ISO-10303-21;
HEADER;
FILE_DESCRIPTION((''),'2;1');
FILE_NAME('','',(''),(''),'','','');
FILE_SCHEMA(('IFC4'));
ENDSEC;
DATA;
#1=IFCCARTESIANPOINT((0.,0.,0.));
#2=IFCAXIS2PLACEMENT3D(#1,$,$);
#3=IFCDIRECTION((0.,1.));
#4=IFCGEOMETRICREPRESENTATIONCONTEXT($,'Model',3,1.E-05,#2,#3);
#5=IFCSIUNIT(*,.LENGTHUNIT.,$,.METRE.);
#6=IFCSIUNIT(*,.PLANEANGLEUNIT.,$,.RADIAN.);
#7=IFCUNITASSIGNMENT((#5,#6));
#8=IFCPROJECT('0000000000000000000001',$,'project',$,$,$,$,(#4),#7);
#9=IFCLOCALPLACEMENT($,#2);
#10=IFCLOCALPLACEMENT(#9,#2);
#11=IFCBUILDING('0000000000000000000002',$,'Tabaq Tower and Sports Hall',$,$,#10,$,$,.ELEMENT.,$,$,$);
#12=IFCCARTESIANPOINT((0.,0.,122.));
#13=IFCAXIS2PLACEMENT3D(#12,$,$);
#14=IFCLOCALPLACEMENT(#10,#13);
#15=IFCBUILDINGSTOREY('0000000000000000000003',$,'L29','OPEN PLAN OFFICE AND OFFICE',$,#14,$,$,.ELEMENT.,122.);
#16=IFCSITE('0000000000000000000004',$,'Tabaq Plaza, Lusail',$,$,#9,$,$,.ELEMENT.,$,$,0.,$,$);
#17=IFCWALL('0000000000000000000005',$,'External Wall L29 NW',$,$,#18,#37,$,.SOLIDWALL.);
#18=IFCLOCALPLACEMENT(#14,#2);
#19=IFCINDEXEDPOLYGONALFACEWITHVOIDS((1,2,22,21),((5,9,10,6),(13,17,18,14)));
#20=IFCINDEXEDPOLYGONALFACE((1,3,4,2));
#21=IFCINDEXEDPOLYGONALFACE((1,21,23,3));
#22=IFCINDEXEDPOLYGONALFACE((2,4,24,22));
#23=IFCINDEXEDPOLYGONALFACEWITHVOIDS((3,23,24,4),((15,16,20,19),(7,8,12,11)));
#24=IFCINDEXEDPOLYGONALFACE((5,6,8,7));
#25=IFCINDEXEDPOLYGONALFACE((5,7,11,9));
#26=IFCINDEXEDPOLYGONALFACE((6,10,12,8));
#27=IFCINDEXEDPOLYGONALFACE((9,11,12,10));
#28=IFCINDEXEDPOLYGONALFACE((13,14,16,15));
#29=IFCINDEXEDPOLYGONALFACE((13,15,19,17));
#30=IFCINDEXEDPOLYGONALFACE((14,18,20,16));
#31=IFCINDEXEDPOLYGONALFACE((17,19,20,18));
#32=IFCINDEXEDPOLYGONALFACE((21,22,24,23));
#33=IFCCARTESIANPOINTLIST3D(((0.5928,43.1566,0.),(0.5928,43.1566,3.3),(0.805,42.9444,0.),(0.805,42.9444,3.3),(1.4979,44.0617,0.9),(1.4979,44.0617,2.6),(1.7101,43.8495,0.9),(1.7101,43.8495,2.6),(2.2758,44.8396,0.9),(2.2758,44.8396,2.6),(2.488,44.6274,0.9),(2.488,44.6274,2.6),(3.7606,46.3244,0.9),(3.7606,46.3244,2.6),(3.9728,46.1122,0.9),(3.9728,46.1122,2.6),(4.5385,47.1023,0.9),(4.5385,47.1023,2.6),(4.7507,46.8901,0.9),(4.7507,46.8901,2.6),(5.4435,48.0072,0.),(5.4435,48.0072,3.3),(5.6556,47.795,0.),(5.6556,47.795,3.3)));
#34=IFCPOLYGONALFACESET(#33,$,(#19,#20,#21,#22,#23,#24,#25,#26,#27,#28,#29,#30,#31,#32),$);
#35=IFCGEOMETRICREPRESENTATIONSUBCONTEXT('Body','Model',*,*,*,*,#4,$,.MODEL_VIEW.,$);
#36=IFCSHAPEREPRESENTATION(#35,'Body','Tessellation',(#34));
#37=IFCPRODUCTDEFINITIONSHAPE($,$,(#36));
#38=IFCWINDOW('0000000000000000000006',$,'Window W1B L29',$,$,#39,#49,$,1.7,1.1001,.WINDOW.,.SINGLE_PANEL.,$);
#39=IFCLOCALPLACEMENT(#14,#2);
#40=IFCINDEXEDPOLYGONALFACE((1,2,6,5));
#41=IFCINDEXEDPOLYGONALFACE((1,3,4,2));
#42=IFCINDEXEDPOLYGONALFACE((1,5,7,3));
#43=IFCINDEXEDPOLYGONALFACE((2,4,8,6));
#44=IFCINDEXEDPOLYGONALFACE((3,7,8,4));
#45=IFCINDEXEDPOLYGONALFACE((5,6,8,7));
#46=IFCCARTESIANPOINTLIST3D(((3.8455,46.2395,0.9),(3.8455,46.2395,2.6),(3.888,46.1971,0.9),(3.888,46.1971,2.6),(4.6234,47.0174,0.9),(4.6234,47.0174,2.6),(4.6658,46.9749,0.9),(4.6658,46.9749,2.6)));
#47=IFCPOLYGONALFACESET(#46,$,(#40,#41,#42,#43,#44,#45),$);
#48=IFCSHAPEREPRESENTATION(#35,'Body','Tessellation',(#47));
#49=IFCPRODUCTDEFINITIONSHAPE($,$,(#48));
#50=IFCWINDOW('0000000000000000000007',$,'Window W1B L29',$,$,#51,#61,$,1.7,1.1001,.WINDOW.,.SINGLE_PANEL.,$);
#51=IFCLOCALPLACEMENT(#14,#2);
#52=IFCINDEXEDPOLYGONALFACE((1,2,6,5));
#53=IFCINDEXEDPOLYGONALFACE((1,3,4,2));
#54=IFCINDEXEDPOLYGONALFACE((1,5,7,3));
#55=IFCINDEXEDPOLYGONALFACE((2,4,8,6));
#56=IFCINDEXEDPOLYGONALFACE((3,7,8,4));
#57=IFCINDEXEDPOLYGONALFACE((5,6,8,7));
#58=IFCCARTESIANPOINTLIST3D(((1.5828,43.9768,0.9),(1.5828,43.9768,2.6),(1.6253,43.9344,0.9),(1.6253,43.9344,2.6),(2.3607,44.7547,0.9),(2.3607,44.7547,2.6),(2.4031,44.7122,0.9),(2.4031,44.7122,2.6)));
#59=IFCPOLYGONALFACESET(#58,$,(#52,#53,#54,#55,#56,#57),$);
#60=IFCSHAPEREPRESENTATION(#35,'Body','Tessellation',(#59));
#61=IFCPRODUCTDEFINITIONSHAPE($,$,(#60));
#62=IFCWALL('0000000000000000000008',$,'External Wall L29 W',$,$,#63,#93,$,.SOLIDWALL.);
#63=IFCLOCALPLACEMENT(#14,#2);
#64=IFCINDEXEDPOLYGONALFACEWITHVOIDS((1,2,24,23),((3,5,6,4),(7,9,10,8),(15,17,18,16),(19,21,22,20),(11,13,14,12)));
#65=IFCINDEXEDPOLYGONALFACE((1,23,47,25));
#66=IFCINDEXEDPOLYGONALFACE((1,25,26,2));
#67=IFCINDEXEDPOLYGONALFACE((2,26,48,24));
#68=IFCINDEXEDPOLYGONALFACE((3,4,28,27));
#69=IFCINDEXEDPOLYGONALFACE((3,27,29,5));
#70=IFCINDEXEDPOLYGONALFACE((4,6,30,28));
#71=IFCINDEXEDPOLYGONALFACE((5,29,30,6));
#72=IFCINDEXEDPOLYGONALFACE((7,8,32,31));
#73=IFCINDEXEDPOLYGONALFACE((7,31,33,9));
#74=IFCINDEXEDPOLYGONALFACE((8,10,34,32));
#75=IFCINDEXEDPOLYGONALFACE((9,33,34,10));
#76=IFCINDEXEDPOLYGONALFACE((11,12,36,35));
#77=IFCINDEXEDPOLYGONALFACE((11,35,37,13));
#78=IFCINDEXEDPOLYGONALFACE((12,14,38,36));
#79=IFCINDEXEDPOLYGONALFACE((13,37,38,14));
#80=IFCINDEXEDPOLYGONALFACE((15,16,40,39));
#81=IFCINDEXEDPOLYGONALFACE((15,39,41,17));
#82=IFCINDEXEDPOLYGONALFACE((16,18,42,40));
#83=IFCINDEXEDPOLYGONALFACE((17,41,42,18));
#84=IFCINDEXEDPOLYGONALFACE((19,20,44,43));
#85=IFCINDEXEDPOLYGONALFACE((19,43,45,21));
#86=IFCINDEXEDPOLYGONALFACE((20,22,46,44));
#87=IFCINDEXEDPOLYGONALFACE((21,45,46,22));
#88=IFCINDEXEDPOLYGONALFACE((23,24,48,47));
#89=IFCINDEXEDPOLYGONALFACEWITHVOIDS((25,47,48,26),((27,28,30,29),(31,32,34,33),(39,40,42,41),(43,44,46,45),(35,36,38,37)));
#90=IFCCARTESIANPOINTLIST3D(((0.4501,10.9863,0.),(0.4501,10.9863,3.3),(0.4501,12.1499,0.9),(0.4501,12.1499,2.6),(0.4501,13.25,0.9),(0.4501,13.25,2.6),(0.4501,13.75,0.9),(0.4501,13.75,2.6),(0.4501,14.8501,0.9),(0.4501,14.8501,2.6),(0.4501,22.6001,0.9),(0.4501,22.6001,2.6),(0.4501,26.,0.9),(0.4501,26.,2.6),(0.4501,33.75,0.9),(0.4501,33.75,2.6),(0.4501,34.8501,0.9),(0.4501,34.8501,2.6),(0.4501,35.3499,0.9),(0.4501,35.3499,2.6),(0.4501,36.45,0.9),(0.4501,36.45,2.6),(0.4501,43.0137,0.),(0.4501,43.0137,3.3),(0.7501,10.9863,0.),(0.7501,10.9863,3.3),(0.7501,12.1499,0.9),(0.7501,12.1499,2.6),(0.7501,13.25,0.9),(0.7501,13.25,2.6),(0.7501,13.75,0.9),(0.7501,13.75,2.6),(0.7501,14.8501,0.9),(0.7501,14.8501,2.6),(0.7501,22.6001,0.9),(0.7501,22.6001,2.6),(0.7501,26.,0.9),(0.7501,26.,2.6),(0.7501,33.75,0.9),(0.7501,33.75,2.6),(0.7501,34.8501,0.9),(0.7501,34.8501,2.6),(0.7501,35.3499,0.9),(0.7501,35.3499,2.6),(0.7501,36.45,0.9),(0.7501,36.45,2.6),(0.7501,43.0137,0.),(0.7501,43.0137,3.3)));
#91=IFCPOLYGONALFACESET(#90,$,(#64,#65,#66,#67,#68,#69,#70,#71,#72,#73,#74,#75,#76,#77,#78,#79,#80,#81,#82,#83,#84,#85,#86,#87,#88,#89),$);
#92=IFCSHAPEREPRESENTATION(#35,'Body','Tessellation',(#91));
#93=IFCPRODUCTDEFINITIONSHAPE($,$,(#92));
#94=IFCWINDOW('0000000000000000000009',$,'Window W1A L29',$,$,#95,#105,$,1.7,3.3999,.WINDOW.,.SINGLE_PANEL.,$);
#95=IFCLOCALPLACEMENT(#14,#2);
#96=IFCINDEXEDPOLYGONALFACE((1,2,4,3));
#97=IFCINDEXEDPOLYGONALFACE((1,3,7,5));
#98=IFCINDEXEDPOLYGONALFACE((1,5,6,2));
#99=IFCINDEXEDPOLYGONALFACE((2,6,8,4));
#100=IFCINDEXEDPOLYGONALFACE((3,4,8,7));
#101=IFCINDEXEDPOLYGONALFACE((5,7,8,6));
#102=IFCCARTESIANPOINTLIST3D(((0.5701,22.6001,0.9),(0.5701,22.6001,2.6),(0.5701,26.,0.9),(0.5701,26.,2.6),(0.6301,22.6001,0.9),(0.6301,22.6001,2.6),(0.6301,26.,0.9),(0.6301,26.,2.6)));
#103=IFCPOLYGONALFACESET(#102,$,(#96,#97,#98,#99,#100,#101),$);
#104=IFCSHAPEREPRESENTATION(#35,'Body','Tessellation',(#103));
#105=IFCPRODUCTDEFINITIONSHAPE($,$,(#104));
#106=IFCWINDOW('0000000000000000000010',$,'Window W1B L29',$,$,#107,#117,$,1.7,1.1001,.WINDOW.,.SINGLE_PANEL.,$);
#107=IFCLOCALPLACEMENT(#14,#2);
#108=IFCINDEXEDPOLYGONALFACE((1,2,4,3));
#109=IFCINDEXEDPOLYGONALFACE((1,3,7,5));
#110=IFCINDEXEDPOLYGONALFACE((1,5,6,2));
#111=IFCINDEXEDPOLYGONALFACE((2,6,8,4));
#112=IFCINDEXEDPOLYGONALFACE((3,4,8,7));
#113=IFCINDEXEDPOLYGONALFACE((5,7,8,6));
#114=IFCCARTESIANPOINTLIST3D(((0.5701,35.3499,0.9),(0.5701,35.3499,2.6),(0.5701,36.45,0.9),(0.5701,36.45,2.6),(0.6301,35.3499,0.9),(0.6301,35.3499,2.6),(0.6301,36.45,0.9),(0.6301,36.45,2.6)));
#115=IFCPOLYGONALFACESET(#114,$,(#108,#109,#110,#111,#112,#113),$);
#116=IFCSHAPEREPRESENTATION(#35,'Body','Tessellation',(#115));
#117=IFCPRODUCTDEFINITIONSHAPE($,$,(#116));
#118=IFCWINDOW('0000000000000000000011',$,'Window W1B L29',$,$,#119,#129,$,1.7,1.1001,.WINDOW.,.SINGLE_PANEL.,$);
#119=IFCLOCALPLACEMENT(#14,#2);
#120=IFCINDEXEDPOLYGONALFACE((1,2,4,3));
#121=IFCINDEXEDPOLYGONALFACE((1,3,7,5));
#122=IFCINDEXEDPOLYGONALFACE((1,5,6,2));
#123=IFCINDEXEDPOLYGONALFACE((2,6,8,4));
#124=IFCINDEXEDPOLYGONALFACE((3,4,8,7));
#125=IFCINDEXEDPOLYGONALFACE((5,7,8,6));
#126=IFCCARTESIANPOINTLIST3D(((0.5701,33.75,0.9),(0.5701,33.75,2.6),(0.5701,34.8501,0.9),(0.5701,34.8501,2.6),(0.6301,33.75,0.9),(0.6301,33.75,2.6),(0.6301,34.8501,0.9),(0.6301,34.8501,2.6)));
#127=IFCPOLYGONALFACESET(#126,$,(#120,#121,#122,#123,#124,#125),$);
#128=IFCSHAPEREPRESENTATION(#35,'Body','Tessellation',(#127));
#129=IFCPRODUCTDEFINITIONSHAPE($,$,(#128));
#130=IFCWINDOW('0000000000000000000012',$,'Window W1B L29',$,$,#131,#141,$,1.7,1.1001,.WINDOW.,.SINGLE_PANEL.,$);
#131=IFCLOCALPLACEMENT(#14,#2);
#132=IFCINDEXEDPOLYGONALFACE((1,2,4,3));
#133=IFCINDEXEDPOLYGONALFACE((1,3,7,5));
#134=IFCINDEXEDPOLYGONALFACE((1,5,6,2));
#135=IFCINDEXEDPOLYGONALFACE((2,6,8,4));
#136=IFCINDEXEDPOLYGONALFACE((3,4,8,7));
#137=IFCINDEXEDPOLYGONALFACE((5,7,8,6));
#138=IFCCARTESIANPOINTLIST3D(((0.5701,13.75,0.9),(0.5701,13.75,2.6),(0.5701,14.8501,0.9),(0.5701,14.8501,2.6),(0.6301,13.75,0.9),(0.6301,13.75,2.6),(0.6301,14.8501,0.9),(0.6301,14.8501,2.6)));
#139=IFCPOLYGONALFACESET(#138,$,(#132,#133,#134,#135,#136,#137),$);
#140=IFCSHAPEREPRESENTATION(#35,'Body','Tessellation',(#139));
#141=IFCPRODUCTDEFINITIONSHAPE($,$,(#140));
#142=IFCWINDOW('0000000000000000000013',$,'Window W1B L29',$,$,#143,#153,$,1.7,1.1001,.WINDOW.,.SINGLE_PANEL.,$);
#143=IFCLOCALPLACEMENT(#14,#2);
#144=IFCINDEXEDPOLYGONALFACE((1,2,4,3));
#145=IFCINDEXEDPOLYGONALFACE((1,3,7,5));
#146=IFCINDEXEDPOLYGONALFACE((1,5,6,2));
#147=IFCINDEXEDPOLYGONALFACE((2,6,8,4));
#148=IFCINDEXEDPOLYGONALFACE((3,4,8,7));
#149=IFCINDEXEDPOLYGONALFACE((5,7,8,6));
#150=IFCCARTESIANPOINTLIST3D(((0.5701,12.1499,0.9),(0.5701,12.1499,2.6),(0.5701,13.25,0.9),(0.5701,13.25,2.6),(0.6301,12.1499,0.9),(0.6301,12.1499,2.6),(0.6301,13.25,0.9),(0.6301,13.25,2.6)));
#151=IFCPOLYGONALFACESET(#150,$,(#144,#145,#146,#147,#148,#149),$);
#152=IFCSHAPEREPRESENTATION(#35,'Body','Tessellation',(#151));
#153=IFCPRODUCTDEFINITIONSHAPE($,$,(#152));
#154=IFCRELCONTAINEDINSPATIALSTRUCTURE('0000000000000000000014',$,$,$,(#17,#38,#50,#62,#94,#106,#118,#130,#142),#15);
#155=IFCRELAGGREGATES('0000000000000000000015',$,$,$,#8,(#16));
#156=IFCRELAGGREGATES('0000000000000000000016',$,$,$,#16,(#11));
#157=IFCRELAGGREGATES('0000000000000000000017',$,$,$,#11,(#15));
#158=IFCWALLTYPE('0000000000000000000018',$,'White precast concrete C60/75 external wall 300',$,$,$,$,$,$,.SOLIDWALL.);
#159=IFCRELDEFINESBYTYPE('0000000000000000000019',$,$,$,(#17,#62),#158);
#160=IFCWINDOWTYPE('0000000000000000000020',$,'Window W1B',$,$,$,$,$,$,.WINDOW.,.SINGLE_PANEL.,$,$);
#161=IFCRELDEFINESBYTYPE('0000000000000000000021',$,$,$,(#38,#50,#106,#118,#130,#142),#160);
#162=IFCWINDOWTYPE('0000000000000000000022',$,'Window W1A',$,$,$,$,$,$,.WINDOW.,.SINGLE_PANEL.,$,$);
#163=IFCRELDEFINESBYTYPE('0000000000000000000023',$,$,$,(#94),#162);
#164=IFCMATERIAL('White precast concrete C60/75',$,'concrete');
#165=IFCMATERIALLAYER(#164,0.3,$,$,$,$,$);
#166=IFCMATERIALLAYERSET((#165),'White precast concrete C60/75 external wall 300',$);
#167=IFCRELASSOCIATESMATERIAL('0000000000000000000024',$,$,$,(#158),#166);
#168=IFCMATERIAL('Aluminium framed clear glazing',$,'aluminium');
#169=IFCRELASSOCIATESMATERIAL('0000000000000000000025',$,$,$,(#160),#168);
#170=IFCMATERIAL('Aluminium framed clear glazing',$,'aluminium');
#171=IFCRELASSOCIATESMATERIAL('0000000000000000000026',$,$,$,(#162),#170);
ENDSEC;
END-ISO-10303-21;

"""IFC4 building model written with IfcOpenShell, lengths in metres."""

from ifc_helpers import new_model, si_unit, direction, frame, frame_2d, origin, place, context, subcontext, project, spatial, rectangle, extrude, material, layer, layer_set, type_object, element, fill, save


model = new_model("IFC4")

# Units and contexts
model_context = context("Model", 3, precision=1e-05, world=origin(), true_north=direction((0.0, 1.0)))
body_context = subcontext(model_context, "Body", "Model", "MODEL_VIEW")
ifc_project = project(units=[si_unit("LENGTHUNIT", "METRE"), si_unit("PLANEANGLEUNIT", "RADIAN")], contexts=[model_context])

# Site, building, storey
site_placement = place(None, origin())
site = spatial("IfcSite", under=ifc_project, at=site_placement, Name="Tabaq Plaza, Lusail", CompositionType="ELEMENT", RefElevation=0.0)
building_placement = place(site_placement, origin())
building = spatial("IfcBuilding", under=site, at=building_placement, Name="Tabaq Tower and Sports Hall", CompositionType="ELEMENT")
storey_placement = place(building_placement, frame((0.0, 0.0, 122.0)))
storey = spatial("IfcBuildingStorey", under=building, at=storey_placement, Name="L29", Description="OPEN PLAN OFFICE AND OFFICE", CompositionType="ELEMENT", Elevation=122.0)

# Walls, openings, windows
ifc_material_1 = material(Name="White precast concrete C60/75", Category="concrete")
ifc_layer_1 = layer(ifc_material_1, 0.3)
ifc_layer_set_1 = layer_set([ifc_layer_1], Name="White precast concrete C60/75 external wall 300")
wall_type_1 = type_object("IfcWallType", Name="White precast concrete C60/75 external wall 300", PredefinedType="SOLIDWALL", material=ifc_layer_set_1)
wall_1_placement = place(storey_placement, frame((5.5496, 47.9011, 0.0), z_axis=(0.0, 0.0, 1.0), x_axis=(-0.707107, -0.707107, 0.0)))
wall_1 = element("IfcWall", 1, at=wall_1_placement, inside=storey, type_object=wall_type_1, Name="External Wall L29 NW", PredefinedType="SOLIDWALL", context=body_context, shape_type="SweptSolid", body=[
    extrude(rectangle(XDim=6.8599, YDim=0.3, at=frame_2d((3.4299, 0.0))), origin(), (0.0, 0.0, 1.0), 3.3),
])
opening_1_placement = place(wall_1_placement, frame((1.2798, 0.0, 0.8999)))
opening_1 = element("IfcOpeningElement", 2, at=opening_1_placement, cuts=wall_1, PredefinedType="OPENING", context=body_context, shape_type="SweptSolid", body=[
    extrude(rectangle(XDim=1.1001, YDim=1.7, at=frame_2d((0.55, 0.8501))), frame((0.0, 0.1602, 0.0), z_axis=(0.0, -1.0, 0.0), x_axis=(1.0, 0.0, 0.0)), (0.0, 0.0, 1.0), 0.3201),
])
opening_2_placement = place(wall_1_placement, frame((4.4797, 0.0, 0.8999)))
opening_2 = element("IfcOpeningElement", 3, at=opening_2_placement, cuts=wall_1, PredefinedType="OPENING", context=body_context, shape_type="SweptSolid", body=[
    extrude(rectangle(XDim=1.1001, YDim=1.7, at=frame_2d((0.55, 0.8501))), frame((0.0, 0.1602, 0.0), z_axis=(0.0, -1.0, 0.0), x_axis=(1.0, 0.0, 0.0)), (0.0, 0.0, 1.0), 0.3201),
])
ifc_material_2 = material(Name="Aluminium framed clear glazing", Category="aluminium")
window_type_1 = type_object("IfcWindowType", Name="Window W1B", PartitioningType="SINGLE_PANEL", PredefinedType="WINDOW", material=ifc_material_2)
window_1_placement = place(opening_1_placement, origin())
window_1 = element("IfcWindow", 4, at=window_1_placement, inside=storey, type_object=window_type_1, Name="Window W1B L29", OverallHeight=1.7, OverallWidth=1.1001, PartitioningType="SINGLE_PANEL", PredefinedType="WINDOW", context=body_context, shape_type="SweptSolid", body=[
    extrude(rectangle(XDim=1.1001, YDim=1.7, at=frame_2d((0.55, 0.8501))), frame((0.0, 0.03, 0.0), z_axis=(0.0, -1.0, 0.0), x_axis=(1.0, 0.0, 0.0)), (0.0, 0.0, 1.0), 0.0601),
])
fill(opening_1, window_1)
window_2_placement = place(opening_2_placement, origin())
window_2 = element("IfcWindow", 5, at=window_2_placement, inside=storey, type_object=window_type_1, Name="Window W1B L29", OverallHeight=1.7, OverallWidth=1.1001, PartitioningType="SINGLE_PANEL", PredefinedType="WINDOW", context=body_context, shape_type="SweptSolid", body=[
    extrude(rectangle(XDim=1.1001, YDim=1.7, at=frame_2d((0.55, 0.8501))), frame((0.0, 0.03, 0.0), z_axis=(0.0, -1.0, 0.0), x_axis=(1.0, 0.0, 0.0)), (0.0, 0.0, 1.0), 0.0601),
])
fill(opening_2, window_2)
wall_2_placement = place(storey_placement, frame((0.6001, 43.0137, 0.0), z_axis=(0.0, 0.0, 1.0), x_axis=(0.0, -1.0, 0.0)))
wall_2 = element("IfcWall", 6, at=wall_2_placement, inside=storey, type_object=wall_type_1, Name="External Wall L29 W", PredefinedType="SOLIDWALL", context=body_context, shape_type="SweptSolid", body=[
    extrude(rectangle(XDim=32.0273, YDim=0.3, at=frame_2d((16.0137, 0.0))), origin(), (0.0, 0.0, 1.0), 3.3),
])
opening_3_placement = place(wall_2_placement, frame((6.5637, 0.0, 0.8999)))
opening_3 = element("IfcOpeningElement", 7, at=opening_3_placement, cuts=wall_2, PredefinedType="OPENING", context=body_context, shape_type="SweptSolid", body=[
    extrude(rectangle(XDim=1.1001, YDim=1.7, at=frame_2d((0.55, 0.8501))), frame((0.0, 0.1602, 0.0), z_axis=(0.0, -1.0, 0.0), x_axis=(1.0, 0.0, 0.0)), (0.0, 0.0, 1.0), 0.3201),
])
opening_4_placement = place(wall_2_placement, frame((8.1636, 0.0, 0.8999)))
opening_4 = element("IfcOpeningElement", 8, at=opening_4_placement, cuts=wall_2, PredefinedType="OPENING", context=body_context, shape_type="SweptSolid", body=[
    extrude(rectangle(XDim=1.1001, YDim=1.7, at=frame_2d((0.55, 0.8501))), frame((0.0, 0.1602, 0.0), z_axis=(0.0, -1.0, 0.0), x_axis=(1.0, 0.0, 0.0)), (0.0, 0.0, 1.0), 0.3201),
])
opening_5_placement = place(wall_2_placement, frame((17.0137, 0.0, 0.8999)))
opening_5 = element("IfcOpeningElement", 9, at=opening_5_placement, cuts=wall_2, PredefinedType="OPENING", context=body_context, shape_type="SweptSolid", body=[
    extrude(rectangle(XDim=3.3999, YDim=1.7, at=frame_2d((1.7, 0.8501))), frame((0.0, 0.1602, 0.0), z_axis=(0.0, -1.0, 0.0), x_axis=(1.0, 0.0, 0.0)), (0.0, 0.0, 1.0), 0.3201),
])
opening_6_placement = place(wall_2_placement, frame((28.1636, 0.0, 0.8999)))
opening_6 = element("IfcOpeningElement", 10, at=opening_6_placement, cuts=wall_2, PredefinedType="OPENING", context=body_context, shape_type="SweptSolid", body=[
    extrude(rectangle(XDim=1.1001, YDim=1.7, at=frame_2d((0.55, 0.8501))), frame((0.0, 0.1602, 0.0), z_axis=(0.0, -1.0, 0.0), x_axis=(1.0, 0.0, 0.0)), (0.0, 0.0, 1.0), 0.3201),
])
opening_7_placement = place(wall_2_placement, frame((29.7637, 0.0, 0.8999)))
opening_7 = element("IfcOpeningElement", 11, at=opening_7_placement, cuts=wall_2, PredefinedType="OPENING", context=body_context, shape_type="SweptSolid", body=[
    extrude(rectangle(XDim=1.1001, YDim=1.7, at=frame_2d((0.55, 0.8501))), frame((0.0, 0.1602, 0.0), z_axis=(0.0, -1.0, 0.0), x_axis=(1.0, 0.0, 0.0)), (0.0, 0.0, 1.0), 0.3201),
])
ifc_material_3 = material(Name="Aluminium framed clear glazing", Category="aluminium")
window_type_2 = type_object("IfcWindowType", Name="Window W1A", PartitioningType="SINGLE_PANEL", PredefinedType="WINDOW", material=ifc_material_3)
window_3_placement = place(opening_5_placement, origin())
window_3 = element("IfcWindow", 12, at=window_3_placement, inside=storey, type_object=window_type_2, Name="Window W1A L29", OverallHeight=1.7, OverallWidth=3.3999, PartitioningType="SINGLE_PANEL", PredefinedType="WINDOW", context=body_context, shape_type="SweptSolid", body=[
    extrude(rectangle(XDim=3.3999, YDim=1.7, at=frame_2d((1.7, 0.8501))), frame((0.0, 0.03, 0.0), z_axis=(0.0, -1.0, 0.0), x_axis=(1.0, 0.0, 0.0)), (0.0, 0.0, 1.0), 0.0601),
])
fill(opening_5, window_3)
window_4_placement = place(opening_3_placement, origin())
window_4 = element("IfcWindow", 13, at=window_4_placement, inside=storey, type_object=window_type_1, Name="Window W1B L29", OverallHeight=1.7, OverallWidth=1.1001, PartitioningType="SINGLE_PANEL", PredefinedType="WINDOW", context=body_context, shape_type="SweptSolid", body=[
    extrude(rectangle(XDim=1.1001, YDim=1.7, at=frame_2d((0.55, 0.8501))), frame((0.0, 0.03, 0.0), z_axis=(0.0, -1.0, 0.0), x_axis=(1.0, 0.0, 0.0)), (0.0, 0.0, 1.0), 0.0601),
])
fill(opening_3, window_4)
window_5_placement = place(opening_4_placement, origin())
window_5 = element("IfcWindow", 14, at=window_5_placement, inside=storey, type_object=window_type_1, Name="Window W1B L29", OverallHeight=1.7, OverallWidth=1.1001, PartitioningType="SINGLE_PANEL", PredefinedType="WINDOW", context=body_context, shape_type="SweptSolid", body=[
    extrude(rectangle(XDim=1.1001, YDim=1.7, at=frame_2d((0.55, 0.8501))), frame((0.0, 0.03, 0.0), z_axis=(0.0, -1.0, 0.0), x_axis=(1.0, 0.0, 0.0)), (0.0, 0.0, 1.0), 0.0601),
])
fill(opening_4, window_5)
window_6_placement = place(opening_6_placement, origin())
window_6 = element("IfcWindow", 15, at=window_6_placement, inside=storey, type_object=window_type_1, Name="Window W1B L29", OverallHeight=1.7, OverallWidth=1.1001, PartitioningType="SINGLE_PANEL", PredefinedType="WINDOW", context=body_context, shape_type="SweptSolid", body=[
    extrude(rectangle(XDim=1.1001, YDim=1.7, at=frame_2d((0.55, 0.8501))), frame((0.0, 0.03, 0.0), z_axis=(0.0, -1.0, 0.0), x_axis=(1.0, 0.0, 0.0)), (0.0, 0.0, 1.0), 0.0601),
])
fill(opening_6, window_6)
window_7_placement = place(opening_7_placement, origin())
window_7 = element("IfcWindow", 16, at=window_7_placement, inside=storey, type_object=window_type_1, Name="Window W1B L29", OverallHeight=1.7, OverallWidth=1.1001, PartitioningType="SINGLE_PANEL", PredefinedType="WINDOW", context=body_context, shape_type="SweptSolid", body=[
    extrude(rectangle(XDim=1.1001, YDim=1.7, at=frame_2d((0.55, 0.8501))), frame((0.0, 0.03, 0.0), z_axis=(0.0, -1.0, 0.0), x_axis=(1.0, 0.0, 0.0)), (0.0, 0.0, 1.0), 0.0601),
])
fill(opening_7, window_7)

save(model, "model.ifc")
